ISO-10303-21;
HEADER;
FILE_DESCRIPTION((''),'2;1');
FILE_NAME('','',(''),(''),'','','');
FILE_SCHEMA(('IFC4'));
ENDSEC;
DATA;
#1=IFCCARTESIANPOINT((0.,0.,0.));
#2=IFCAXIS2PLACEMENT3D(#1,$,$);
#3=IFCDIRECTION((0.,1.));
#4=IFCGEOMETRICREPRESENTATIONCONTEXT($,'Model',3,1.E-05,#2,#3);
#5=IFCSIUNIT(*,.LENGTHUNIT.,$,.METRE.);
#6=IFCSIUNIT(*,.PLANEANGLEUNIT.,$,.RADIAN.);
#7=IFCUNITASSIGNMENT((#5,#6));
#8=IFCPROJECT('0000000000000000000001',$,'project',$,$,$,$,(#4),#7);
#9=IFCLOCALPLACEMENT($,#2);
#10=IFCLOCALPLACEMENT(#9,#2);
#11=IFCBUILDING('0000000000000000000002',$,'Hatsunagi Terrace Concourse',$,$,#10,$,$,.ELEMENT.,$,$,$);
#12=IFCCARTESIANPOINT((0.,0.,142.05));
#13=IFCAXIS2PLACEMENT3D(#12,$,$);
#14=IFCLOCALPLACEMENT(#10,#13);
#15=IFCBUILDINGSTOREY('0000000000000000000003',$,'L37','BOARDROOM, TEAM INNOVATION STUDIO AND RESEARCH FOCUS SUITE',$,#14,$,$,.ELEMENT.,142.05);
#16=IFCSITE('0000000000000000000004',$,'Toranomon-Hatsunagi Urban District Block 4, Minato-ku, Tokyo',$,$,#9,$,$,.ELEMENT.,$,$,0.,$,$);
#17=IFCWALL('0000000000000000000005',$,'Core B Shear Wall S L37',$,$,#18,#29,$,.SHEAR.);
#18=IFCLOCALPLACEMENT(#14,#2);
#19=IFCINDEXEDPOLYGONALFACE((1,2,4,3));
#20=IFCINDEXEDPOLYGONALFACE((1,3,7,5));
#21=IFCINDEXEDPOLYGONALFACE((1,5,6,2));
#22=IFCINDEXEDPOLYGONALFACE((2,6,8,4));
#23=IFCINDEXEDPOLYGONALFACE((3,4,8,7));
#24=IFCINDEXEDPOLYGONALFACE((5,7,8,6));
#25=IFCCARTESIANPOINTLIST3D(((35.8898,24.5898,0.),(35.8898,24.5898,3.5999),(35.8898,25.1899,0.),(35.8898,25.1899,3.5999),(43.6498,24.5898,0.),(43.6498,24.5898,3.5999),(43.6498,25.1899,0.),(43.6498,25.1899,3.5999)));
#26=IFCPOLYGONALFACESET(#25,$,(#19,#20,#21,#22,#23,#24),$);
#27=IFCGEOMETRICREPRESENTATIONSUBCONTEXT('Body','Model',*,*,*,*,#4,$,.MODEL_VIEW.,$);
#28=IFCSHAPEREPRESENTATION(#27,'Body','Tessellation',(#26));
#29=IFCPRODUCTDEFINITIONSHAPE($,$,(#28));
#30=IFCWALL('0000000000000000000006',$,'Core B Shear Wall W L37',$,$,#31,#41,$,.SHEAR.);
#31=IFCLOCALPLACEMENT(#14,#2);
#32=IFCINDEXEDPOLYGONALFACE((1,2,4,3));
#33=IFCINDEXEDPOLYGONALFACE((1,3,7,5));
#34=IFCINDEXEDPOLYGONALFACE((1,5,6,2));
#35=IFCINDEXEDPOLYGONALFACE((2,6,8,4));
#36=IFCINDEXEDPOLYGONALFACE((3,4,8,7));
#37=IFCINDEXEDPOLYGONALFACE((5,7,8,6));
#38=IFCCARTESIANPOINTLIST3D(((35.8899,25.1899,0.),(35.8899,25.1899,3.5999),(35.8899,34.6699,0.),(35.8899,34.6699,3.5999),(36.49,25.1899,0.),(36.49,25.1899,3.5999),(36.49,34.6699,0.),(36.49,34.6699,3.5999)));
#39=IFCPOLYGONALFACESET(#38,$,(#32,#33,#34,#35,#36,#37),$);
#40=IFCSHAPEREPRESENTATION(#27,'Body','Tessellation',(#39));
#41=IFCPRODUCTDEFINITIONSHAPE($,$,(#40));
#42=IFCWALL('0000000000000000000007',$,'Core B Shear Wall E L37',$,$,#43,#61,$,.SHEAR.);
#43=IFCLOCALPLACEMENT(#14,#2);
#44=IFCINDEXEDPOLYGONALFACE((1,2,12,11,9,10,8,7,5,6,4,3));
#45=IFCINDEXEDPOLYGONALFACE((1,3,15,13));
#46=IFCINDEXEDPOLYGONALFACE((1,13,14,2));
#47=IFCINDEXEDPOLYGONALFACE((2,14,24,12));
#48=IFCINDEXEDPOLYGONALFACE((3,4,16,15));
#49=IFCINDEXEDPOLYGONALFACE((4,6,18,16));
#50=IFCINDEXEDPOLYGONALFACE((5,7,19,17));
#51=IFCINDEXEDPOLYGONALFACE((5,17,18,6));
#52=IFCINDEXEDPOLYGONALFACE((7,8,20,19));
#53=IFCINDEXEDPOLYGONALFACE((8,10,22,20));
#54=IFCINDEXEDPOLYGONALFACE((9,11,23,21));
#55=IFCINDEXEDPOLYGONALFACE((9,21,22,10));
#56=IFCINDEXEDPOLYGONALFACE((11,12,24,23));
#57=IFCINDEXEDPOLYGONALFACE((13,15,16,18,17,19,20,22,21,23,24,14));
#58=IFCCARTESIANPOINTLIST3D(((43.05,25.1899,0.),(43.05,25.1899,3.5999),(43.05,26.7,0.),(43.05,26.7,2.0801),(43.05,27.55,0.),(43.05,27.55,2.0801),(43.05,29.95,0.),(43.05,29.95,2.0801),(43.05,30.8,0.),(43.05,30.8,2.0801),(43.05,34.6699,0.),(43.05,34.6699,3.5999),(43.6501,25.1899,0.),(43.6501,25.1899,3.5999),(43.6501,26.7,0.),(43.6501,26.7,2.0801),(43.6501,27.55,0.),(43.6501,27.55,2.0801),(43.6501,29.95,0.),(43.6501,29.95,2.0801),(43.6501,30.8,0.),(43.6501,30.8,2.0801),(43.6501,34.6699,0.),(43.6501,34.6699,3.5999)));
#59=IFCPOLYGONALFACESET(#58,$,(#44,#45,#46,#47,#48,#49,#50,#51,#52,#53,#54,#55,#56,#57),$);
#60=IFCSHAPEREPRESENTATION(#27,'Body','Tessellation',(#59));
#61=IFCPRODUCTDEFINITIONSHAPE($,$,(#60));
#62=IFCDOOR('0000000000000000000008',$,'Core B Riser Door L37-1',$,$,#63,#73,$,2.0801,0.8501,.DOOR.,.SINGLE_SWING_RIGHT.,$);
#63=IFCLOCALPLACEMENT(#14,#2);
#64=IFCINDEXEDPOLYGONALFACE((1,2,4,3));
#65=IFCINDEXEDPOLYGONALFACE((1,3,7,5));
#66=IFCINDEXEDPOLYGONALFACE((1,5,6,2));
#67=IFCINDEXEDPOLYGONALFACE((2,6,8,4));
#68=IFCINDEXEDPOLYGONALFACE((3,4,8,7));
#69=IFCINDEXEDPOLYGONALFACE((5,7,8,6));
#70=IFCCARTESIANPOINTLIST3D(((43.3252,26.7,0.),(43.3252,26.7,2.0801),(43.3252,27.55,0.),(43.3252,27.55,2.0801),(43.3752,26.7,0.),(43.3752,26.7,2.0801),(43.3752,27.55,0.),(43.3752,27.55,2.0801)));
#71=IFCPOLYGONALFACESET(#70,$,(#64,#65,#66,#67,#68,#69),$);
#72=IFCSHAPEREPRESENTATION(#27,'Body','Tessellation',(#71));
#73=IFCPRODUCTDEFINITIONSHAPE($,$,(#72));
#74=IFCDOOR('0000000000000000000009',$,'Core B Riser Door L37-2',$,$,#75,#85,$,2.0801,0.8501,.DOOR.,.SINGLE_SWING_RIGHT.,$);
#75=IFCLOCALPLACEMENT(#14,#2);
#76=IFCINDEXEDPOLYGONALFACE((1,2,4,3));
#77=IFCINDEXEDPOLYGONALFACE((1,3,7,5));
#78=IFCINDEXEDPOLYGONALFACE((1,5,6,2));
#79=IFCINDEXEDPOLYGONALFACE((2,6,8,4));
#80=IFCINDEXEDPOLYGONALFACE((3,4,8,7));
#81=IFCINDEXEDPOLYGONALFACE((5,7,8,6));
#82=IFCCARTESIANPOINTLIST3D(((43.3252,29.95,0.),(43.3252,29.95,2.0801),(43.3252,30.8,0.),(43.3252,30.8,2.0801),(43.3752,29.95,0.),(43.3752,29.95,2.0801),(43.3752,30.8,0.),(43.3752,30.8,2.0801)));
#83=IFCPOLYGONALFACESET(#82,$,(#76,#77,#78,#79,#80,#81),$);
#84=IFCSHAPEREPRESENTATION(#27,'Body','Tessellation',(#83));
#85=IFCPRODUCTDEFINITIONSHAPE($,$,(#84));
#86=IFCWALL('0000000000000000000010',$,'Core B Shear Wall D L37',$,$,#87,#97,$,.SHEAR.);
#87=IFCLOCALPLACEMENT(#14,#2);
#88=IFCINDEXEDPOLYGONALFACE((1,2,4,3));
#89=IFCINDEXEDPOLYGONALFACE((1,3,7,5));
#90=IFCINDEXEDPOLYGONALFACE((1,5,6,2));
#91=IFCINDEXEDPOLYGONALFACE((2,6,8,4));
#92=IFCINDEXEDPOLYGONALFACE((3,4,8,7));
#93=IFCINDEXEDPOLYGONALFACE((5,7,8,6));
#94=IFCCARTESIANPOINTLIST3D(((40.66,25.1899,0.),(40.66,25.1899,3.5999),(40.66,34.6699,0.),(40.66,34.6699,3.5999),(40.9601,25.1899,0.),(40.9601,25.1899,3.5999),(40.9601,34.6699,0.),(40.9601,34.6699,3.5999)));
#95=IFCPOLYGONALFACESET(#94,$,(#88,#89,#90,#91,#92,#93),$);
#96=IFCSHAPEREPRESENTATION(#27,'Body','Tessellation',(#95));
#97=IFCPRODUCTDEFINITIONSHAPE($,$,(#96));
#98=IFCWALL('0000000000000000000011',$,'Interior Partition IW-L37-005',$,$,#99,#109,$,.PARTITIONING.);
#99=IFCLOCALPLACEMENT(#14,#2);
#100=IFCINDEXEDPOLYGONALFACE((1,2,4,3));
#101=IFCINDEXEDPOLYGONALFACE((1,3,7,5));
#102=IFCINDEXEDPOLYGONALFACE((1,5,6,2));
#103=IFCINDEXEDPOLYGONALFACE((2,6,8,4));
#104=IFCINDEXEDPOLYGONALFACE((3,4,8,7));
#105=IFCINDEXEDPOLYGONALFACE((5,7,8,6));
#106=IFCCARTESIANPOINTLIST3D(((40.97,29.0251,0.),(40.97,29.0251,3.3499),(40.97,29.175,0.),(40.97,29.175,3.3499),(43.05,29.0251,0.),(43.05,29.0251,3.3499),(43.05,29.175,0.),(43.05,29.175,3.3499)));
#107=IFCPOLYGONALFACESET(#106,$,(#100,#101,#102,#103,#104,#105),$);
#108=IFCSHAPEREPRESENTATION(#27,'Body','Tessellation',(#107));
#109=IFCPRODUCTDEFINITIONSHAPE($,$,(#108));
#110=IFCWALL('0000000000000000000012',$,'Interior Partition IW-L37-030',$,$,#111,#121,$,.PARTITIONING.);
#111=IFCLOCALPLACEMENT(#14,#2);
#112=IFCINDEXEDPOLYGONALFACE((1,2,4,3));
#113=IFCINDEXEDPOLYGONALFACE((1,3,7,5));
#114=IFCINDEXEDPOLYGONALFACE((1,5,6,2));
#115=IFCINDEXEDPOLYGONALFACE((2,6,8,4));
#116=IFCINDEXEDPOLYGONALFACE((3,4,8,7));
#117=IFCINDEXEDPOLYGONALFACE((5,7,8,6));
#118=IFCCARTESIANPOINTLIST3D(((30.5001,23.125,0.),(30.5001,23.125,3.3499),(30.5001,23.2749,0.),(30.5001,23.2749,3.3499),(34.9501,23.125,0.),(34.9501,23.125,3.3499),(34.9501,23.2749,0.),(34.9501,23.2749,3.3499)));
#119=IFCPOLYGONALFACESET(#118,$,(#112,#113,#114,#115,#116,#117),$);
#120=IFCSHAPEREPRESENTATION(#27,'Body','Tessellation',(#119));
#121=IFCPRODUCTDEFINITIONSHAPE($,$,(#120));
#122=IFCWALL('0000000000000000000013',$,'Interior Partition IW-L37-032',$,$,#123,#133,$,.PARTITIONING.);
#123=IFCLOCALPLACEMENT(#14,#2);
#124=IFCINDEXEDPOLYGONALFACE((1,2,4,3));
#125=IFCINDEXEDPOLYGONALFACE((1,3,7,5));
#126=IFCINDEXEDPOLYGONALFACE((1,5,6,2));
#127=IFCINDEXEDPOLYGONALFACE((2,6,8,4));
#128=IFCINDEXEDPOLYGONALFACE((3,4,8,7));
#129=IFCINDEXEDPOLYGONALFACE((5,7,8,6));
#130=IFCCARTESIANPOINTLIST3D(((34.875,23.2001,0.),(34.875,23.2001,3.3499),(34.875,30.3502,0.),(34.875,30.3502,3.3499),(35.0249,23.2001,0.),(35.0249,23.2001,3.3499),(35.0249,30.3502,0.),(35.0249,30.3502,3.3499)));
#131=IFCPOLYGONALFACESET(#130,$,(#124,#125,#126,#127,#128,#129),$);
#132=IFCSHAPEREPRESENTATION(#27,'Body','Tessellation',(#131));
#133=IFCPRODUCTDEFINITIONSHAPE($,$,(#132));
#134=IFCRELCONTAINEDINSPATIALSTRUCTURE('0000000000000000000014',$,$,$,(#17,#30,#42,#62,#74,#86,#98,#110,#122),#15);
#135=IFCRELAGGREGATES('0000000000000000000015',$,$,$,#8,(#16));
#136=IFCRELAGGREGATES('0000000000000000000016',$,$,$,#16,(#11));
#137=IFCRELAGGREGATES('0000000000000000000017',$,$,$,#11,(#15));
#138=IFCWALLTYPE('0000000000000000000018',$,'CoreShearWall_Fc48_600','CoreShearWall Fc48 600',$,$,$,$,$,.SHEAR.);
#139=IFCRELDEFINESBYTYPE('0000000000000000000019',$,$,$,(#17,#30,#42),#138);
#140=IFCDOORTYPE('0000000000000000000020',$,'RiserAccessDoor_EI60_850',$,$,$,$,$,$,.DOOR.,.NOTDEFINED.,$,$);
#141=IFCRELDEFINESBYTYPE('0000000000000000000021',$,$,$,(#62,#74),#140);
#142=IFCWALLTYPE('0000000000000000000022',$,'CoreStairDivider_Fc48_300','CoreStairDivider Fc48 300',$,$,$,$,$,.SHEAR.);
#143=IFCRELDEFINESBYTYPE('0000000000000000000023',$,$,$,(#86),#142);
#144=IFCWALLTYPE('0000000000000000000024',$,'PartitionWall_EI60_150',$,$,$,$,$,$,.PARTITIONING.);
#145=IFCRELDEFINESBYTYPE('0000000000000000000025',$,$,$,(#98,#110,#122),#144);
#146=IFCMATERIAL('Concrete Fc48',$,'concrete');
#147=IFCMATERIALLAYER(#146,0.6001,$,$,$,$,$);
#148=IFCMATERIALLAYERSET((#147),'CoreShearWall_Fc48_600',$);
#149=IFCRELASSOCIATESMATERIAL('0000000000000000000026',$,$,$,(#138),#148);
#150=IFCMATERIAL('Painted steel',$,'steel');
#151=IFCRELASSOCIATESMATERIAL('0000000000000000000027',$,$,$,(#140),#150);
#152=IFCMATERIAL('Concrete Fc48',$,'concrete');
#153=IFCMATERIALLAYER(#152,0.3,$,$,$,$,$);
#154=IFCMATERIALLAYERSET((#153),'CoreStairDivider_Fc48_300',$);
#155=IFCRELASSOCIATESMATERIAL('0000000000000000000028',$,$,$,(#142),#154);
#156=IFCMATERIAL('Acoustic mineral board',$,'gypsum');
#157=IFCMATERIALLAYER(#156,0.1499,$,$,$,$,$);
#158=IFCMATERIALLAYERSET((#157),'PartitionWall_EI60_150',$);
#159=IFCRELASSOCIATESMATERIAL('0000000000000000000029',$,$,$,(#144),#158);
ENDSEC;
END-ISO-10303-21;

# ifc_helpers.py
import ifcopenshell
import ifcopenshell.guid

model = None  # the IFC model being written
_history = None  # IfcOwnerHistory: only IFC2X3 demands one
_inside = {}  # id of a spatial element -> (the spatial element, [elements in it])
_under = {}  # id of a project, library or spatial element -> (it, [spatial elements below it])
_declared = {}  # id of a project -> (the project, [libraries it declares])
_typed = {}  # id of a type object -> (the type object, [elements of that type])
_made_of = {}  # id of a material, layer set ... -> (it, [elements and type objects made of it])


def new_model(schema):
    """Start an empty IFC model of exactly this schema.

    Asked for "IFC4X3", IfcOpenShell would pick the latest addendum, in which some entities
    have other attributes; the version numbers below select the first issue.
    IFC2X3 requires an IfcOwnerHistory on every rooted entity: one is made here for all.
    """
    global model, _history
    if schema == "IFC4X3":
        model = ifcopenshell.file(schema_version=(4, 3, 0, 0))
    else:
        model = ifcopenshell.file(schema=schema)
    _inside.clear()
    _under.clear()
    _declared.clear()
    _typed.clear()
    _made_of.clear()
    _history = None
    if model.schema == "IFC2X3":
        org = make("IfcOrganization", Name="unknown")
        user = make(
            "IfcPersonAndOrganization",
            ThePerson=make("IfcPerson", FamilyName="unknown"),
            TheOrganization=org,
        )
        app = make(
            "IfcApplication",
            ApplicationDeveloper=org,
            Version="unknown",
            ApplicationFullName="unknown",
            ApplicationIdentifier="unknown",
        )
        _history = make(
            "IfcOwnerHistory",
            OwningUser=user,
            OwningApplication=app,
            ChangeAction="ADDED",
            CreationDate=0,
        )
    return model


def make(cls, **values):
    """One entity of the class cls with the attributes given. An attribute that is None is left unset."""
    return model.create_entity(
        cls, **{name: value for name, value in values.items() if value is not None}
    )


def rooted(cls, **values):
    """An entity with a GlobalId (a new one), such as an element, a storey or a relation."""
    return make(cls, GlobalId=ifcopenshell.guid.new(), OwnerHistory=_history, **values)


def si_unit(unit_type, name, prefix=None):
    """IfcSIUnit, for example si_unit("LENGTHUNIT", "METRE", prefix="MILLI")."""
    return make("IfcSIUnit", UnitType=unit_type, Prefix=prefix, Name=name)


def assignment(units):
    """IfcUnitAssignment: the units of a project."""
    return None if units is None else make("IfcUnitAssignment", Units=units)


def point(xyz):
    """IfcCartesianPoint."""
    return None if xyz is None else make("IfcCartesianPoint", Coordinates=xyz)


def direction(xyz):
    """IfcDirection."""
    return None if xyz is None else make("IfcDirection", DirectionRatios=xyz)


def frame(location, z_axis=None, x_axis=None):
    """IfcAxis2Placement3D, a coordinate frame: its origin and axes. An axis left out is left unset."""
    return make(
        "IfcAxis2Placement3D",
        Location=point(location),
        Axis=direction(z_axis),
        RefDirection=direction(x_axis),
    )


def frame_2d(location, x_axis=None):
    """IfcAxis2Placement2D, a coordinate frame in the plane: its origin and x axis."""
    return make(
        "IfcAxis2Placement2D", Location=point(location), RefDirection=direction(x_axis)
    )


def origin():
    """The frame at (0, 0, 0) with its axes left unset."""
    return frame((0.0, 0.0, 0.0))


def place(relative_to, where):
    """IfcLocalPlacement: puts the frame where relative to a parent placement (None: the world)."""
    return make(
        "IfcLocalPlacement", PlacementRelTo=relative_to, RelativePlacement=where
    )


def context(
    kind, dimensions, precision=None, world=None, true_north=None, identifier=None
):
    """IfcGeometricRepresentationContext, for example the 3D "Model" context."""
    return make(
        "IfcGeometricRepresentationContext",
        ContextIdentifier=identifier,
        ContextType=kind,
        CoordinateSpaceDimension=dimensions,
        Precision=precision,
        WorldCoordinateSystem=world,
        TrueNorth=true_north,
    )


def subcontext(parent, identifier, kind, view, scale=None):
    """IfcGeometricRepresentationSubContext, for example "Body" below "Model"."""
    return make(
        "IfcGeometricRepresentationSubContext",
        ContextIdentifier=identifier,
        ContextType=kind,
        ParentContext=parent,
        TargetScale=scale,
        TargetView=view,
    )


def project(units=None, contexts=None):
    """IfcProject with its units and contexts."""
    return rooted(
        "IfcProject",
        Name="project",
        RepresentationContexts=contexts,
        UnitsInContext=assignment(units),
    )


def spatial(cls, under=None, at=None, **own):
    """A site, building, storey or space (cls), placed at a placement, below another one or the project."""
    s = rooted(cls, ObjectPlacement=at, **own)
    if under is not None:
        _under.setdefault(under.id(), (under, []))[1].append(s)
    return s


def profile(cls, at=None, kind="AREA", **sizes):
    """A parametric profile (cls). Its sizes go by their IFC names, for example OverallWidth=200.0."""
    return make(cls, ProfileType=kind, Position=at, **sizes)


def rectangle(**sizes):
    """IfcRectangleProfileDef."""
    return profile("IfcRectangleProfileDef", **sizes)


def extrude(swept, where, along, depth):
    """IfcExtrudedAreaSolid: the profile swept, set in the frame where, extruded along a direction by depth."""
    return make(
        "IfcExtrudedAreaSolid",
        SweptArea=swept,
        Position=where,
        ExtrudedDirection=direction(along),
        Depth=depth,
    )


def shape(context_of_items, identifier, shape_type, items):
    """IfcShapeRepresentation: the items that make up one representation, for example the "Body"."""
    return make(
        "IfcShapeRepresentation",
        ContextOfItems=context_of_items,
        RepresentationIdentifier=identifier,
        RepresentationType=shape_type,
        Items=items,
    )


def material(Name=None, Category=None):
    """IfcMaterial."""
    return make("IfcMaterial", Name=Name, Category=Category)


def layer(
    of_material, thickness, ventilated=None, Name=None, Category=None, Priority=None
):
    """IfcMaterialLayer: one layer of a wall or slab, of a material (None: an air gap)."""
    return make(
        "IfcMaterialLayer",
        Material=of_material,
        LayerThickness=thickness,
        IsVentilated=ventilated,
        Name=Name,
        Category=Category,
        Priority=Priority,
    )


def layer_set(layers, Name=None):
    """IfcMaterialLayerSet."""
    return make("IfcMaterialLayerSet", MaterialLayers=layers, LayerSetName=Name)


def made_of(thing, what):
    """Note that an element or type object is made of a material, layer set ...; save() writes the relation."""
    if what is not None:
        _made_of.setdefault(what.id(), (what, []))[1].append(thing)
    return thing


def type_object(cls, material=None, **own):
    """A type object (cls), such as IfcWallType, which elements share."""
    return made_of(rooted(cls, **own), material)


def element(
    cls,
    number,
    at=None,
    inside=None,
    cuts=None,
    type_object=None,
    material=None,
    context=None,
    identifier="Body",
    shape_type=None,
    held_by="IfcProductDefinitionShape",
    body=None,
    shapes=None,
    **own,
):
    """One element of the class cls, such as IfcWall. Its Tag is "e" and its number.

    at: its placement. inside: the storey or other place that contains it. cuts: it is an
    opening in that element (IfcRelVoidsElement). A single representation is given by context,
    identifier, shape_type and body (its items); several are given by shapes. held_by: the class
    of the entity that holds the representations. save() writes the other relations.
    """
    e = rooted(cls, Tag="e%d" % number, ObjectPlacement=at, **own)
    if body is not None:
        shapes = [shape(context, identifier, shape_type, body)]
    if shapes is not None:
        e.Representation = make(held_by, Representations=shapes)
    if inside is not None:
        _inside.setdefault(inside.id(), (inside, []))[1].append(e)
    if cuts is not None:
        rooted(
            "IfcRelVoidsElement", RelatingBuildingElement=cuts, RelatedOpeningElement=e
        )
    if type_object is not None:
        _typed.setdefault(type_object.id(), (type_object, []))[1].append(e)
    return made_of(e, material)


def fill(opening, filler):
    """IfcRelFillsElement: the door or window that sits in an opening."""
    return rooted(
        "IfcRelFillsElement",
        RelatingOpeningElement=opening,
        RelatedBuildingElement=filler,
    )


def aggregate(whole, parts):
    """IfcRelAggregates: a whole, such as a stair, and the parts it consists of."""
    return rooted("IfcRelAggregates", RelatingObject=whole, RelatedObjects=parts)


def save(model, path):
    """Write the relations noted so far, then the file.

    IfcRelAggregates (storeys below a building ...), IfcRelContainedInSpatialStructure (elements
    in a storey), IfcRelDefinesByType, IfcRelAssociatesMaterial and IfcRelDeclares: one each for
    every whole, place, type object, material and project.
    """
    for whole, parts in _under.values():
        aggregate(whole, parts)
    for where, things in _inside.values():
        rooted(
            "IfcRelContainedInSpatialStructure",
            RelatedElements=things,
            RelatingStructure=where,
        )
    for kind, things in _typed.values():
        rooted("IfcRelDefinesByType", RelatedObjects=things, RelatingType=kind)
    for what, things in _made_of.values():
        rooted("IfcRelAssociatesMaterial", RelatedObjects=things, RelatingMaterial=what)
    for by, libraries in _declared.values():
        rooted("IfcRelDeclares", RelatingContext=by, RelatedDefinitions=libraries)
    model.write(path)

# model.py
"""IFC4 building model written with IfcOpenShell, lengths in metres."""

from ifc_helpers import new_model, si_unit, direction, frame, frame_2d, origin, place, context, subcontext, project, spatial, rectangle, extrude, material, layer, layer_set, type_object, element, fill, save


model = new_model("IFC4")

# Units and contexts
model_context = context("Model", 3, precision=1e-05, world=origin(), true_north=direction((0.0, 1.0)))
body_context = subcontext(model_context, "Body", "Model", "MODEL_VIEW")
ifc_project = project(units=[si_unit("LENGTHUNIT", "METRE"), si_unit("PLANEANGLEUNIT", "RADIAN")], contexts=[model_context])

# Site, building, storey
site_placement = place(None, origin())
site = spatial("IfcSite", under=ifc_project, at=site_placement, Name="Toranomon-Hatsunagi Urban District Block 4, Minato-ku, Tokyo", CompositionType="ELEMENT", RefElevation=0.0)
building_placement = place(site_placement, origin())
building = spatial("IfcBuilding", under=site, at=building_placement, Name="Hatsunagi Terrace Concourse", CompositionType="ELEMENT")
storey_placement = place(building_placement, frame((0.0, 0.0, 142.05)))
storey = spatial("IfcBuildingStorey", under=building, at=storey_placement, Name="L37", Description="BOARDROOM, TEAM INNOVATION STUDIO AND RESEARCH FOCUS SUITE", CompositionType="ELEMENT", Elevation=142.05)

# Walls
ifc_material_1 = material(Name="Concrete Fc48", Category="concrete")
ifc_layer_1 = layer(ifc_material_1, 0.6001)
ifc_layer_set_1 = layer_set([ifc_layer_1], Name="CoreShearWall_Fc48_600")
wall_type_1 = type_object("IfcWallType", Name="CoreShearWall_Fc48_600", Description="CoreShearWall Fc48 600", PredefinedType="SHEAR", material=ifc_layer_set_1)
wall_1_placement = place(storey_placement, frame((35.8899, 24.8899, 0.0), z_axis=(0.0, 0.0, 1.0), x_axis=(1.0, 0.0, 0.0)))
element("IfcWall", 1, at=wall_1_placement, inside=storey, type_object=wall_type_1, Name="Core B Shear Wall S L37", PredefinedType="SHEAR", context=body_context, shape_type="SweptSolid", body=[
    extrude(rectangle(XDim=7.76, YDim=0.6001, at=frame_2d((3.8799, 0.0))), origin(), (0.0, 0.0, 1.0), 3.5999),
])
wall_2_placement = place(storey_placement, frame((36.1899, 25.1899, 0.0), z_axis=(0.0, 0.0, 1.0), x_axis=(0.0, 1.0, 0.0)))
element("IfcWall", 2, at=wall_2_placement, inside=storey, type_object=wall_type_1, Name="Core B Shear Wall W L37", PredefinedType="SHEAR", context=body_context, shape_type="SweptSolid", body=[
    extrude(rectangle(XDim=9.48, YDim=0.6001, at=frame_2d((4.74, 0.0))), origin(), (0.0, 0.0, 1.0), 3.5999),
])

# Wall, openings, doors
wall_3_placement = place(storey_placement, frame((43.3501, 25.1899, 0.0), z_axis=(0.0, 0.0, 1.0), x_axis=(0.0, 1.0, 0.0)))
wall_3 = element("IfcWall", 3, at=wall_3_placement, inside=storey, type_object=wall_type_1, Name="Core B Shear Wall E L37", PredefinedType="SHEAR", context=body_context, shape_type="SweptSolid", body=[
    extrude(rectangle(XDim=9.48, YDim=0.6001, at=frame_2d((4.74, 0.0))), origin(), (0.0, 0.0, 1.0), 3.5999),
])
opening_1_placement = place(wall_3_placement, frame((1.51, 0.0, 0.0)))
opening_1 = element("IfcOpeningElement", 4, at=opening_1_placement, cuts=wall_3, PredefinedType="OPENING", context=body_context, shape_type="SweptSolid", body=[
    extrude(rectangle(XDim=0.8501, YDim=2.0801, at=frame_2d((0.425, 1.04))), frame((0.0, 0.3101, 0.0), z_axis=(0.0, -1.0, 0.0), x_axis=(1.0, 0.0, 0.0)), (0.0, 0.0, 1.0), 0.6201),
])
opening_2_placement = place(wall_3_placement, frame((4.76, 0.0, 0.0)))
opening_2 = element("IfcOpeningElement", 5, at=opening_2_placement, cuts=wall_3, PredefinedType="OPENING", context=body_context, shape_type="SweptSolid", body=[
    extrude(rectangle(XDim=0.8501, YDim=2.0801, at=frame_2d((0.425, 1.04))), frame((0.0, 0.3101, 0.0), z_axis=(0.0, -1.0, 0.0), x_axis=(1.0, 0.0, 0.0)), (0.0, 0.0, 1.0), 0.6201),
])
ifc_material_2 = material(Name="Painted steel", Category="steel")
door_type_1 = type_object("IfcDoorType", Name="RiserAccessDoor_EI60_850", OperationType="NOTDEFINED", PredefinedType="DOOR", material=ifc_material_2)
door_1_placement = place(opening_1_placement, origin())
door_1 = element("IfcDoor", 6, at=door_1_placement, inside=storey, type_object=door_type_1, Name="Core B Riser Door L37-1", OperationType="SINGLE_SWING_RIGHT", OverallHeight=2.0801, OverallWidth=0.8501, PredefinedType="DOOR", context=body_context, shape_type="SweptSolid", body=[
    extrude(rectangle(XDim=0.8501, YDim=2.0801, at=frame_2d((0.425, 1.04))), frame((0.0, 0.0249, 0.0), z_axis=(0.0, -1.0, 0.0), x_axis=(1.0, 0.0, 0.0)), (0.0, 0.0, 1.0), 0.05),
])
fill(opening_1, door_1)
door_2_placement = place(opening_2_placement, origin())
door_2 = element("IfcDoor", 7, at=door_2_placement, inside=storey, type_object=door_type_1, Name="Core B Riser Door L37-2", OperationType="SINGLE_SWING_RIGHT", OverallHeight=2.0801, OverallWidth=0.8501, PredefinedType="DOOR", context=body_context, shape_type="SweptSolid", body=[
    extrude(rectangle(XDim=0.8501, YDim=2.0801, at=frame_2d((0.425, 1.04))), frame((0.0, 0.0249, 0.0), z_axis=(0.0, -1.0, 0.0), x_axis=(1.0, 0.0, 0.0)), (0.0, 0.0, 1.0), 0.05),
])
fill(opening_2, door_2)

# Walls
ifc_material_3 = material(Name="Concrete Fc48", Category="concrete")
ifc_layer_2 = layer(ifc_material_3, 0.3)
ifc_layer_set_2 = layer_set([ifc_layer_2], Name="CoreStairDivider_Fc48_300")
wall_type_2 = type_object("IfcWallType", Name="CoreStairDivider_Fc48_300", Description="CoreStairDivider Fc48 300", PredefinedType="SHEAR", material=ifc_layer_set_2)
wall_4_placement = place(storey_placement, frame((40.8101, 25.1899, 0.0), z_axis=(0.0, 0.0, 1.0), x_axis=(0.0, 1.0, 0.0)))
element("IfcWall", 8, at=wall_4_placement, inside=storey, type_object=wall_type_2, Name="Core B Shear Wall D L37", PredefinedType="SHEAR", context=body_context, shape_type="SweptSolid", body=[
    extrude(rectangle(XDim=9.48, YDim=0.3, at=frame_2d((4.74, 0.0))), origin(), (0.0, 0.0, 1.0), 3.5999),
])
ifc_material_4 = material(Name="Acoustic mineral board", Category="gypsum")
ifc_layer_3 = layer(ifc_material_4, 0.1499)
ifc_layer_set_3 = layer_set([ifc_layer_3], Name="PartitionWall_EI60_150")
wall_type_3 = type_object("IfcWallType", Name="PartitionWall_EI60_150", PredefinedType="PARTITIONING", material=ifc_layer_set_3)
wall_5_placement = place(storey_placement, frame((40.97, 29.1001, 0.0), z_axis=(0.0, 0.0, 1.0), x_axis=(1.0, 0.0, 0.0)))
element("IfcWall", 9, at=wall_5_placement, inside=storey, type_object=wall_type_3, Name="Interior Partition IW-L37-005", PredefinedType="PARTITIONING", context=body_context, shape_type="SweptSolid", body=[
    extrude(rectangle(XDim=2.0801, YDim=0.1499, at=frame_2d((1.04, 0.0))), origin(), (0.0, 0.0, 1.0), 3.3499),
])
wall_6_placement = place(storey_placement, frame((30.5, 23.2, 0.0), z_axis=(0.0, 0.0, 1.0), x_axis=(1.0, 0.0, 0.0)))
element("IfcWall", 10, at=wall_6_placement, inside=storey, type_object=wall_type_3, Name="Interior Partition IW-L37-030", PredefinedType="PARTITIONING", context=body_context, shape_type="SweptSolid", body=[
    extrude(rectangle(XDim=4.45, YDim=0.1499, at=frame_2d((2.2251, 0.0))), origin(), (0.0, 0.0, 1.0), 3.3499),
])
wall_7_placement = place(storey_placement, frame((34.95, 23.2, 0.0), z_axis=(0.0, 0.0, 1.0), x_axis=(0.0, 1.0, 0.0)))
element("IfcWall", 11, at=wall_7_placement, inside=storey, type_object=wall_type_3, Name="Interior Partition IW-L37-032", PredefinedType="PARTITIONING", context=body_context, shape_type="SweptSolid", body=[
    extrude(rectangle(XDim=7.1501, YDim=0.1499, at=frame_2d((3.5752, 0.0))), origin(), (0.0, 0.0, 1.0), 3.3499),
])

save(model, "model.ifc")
